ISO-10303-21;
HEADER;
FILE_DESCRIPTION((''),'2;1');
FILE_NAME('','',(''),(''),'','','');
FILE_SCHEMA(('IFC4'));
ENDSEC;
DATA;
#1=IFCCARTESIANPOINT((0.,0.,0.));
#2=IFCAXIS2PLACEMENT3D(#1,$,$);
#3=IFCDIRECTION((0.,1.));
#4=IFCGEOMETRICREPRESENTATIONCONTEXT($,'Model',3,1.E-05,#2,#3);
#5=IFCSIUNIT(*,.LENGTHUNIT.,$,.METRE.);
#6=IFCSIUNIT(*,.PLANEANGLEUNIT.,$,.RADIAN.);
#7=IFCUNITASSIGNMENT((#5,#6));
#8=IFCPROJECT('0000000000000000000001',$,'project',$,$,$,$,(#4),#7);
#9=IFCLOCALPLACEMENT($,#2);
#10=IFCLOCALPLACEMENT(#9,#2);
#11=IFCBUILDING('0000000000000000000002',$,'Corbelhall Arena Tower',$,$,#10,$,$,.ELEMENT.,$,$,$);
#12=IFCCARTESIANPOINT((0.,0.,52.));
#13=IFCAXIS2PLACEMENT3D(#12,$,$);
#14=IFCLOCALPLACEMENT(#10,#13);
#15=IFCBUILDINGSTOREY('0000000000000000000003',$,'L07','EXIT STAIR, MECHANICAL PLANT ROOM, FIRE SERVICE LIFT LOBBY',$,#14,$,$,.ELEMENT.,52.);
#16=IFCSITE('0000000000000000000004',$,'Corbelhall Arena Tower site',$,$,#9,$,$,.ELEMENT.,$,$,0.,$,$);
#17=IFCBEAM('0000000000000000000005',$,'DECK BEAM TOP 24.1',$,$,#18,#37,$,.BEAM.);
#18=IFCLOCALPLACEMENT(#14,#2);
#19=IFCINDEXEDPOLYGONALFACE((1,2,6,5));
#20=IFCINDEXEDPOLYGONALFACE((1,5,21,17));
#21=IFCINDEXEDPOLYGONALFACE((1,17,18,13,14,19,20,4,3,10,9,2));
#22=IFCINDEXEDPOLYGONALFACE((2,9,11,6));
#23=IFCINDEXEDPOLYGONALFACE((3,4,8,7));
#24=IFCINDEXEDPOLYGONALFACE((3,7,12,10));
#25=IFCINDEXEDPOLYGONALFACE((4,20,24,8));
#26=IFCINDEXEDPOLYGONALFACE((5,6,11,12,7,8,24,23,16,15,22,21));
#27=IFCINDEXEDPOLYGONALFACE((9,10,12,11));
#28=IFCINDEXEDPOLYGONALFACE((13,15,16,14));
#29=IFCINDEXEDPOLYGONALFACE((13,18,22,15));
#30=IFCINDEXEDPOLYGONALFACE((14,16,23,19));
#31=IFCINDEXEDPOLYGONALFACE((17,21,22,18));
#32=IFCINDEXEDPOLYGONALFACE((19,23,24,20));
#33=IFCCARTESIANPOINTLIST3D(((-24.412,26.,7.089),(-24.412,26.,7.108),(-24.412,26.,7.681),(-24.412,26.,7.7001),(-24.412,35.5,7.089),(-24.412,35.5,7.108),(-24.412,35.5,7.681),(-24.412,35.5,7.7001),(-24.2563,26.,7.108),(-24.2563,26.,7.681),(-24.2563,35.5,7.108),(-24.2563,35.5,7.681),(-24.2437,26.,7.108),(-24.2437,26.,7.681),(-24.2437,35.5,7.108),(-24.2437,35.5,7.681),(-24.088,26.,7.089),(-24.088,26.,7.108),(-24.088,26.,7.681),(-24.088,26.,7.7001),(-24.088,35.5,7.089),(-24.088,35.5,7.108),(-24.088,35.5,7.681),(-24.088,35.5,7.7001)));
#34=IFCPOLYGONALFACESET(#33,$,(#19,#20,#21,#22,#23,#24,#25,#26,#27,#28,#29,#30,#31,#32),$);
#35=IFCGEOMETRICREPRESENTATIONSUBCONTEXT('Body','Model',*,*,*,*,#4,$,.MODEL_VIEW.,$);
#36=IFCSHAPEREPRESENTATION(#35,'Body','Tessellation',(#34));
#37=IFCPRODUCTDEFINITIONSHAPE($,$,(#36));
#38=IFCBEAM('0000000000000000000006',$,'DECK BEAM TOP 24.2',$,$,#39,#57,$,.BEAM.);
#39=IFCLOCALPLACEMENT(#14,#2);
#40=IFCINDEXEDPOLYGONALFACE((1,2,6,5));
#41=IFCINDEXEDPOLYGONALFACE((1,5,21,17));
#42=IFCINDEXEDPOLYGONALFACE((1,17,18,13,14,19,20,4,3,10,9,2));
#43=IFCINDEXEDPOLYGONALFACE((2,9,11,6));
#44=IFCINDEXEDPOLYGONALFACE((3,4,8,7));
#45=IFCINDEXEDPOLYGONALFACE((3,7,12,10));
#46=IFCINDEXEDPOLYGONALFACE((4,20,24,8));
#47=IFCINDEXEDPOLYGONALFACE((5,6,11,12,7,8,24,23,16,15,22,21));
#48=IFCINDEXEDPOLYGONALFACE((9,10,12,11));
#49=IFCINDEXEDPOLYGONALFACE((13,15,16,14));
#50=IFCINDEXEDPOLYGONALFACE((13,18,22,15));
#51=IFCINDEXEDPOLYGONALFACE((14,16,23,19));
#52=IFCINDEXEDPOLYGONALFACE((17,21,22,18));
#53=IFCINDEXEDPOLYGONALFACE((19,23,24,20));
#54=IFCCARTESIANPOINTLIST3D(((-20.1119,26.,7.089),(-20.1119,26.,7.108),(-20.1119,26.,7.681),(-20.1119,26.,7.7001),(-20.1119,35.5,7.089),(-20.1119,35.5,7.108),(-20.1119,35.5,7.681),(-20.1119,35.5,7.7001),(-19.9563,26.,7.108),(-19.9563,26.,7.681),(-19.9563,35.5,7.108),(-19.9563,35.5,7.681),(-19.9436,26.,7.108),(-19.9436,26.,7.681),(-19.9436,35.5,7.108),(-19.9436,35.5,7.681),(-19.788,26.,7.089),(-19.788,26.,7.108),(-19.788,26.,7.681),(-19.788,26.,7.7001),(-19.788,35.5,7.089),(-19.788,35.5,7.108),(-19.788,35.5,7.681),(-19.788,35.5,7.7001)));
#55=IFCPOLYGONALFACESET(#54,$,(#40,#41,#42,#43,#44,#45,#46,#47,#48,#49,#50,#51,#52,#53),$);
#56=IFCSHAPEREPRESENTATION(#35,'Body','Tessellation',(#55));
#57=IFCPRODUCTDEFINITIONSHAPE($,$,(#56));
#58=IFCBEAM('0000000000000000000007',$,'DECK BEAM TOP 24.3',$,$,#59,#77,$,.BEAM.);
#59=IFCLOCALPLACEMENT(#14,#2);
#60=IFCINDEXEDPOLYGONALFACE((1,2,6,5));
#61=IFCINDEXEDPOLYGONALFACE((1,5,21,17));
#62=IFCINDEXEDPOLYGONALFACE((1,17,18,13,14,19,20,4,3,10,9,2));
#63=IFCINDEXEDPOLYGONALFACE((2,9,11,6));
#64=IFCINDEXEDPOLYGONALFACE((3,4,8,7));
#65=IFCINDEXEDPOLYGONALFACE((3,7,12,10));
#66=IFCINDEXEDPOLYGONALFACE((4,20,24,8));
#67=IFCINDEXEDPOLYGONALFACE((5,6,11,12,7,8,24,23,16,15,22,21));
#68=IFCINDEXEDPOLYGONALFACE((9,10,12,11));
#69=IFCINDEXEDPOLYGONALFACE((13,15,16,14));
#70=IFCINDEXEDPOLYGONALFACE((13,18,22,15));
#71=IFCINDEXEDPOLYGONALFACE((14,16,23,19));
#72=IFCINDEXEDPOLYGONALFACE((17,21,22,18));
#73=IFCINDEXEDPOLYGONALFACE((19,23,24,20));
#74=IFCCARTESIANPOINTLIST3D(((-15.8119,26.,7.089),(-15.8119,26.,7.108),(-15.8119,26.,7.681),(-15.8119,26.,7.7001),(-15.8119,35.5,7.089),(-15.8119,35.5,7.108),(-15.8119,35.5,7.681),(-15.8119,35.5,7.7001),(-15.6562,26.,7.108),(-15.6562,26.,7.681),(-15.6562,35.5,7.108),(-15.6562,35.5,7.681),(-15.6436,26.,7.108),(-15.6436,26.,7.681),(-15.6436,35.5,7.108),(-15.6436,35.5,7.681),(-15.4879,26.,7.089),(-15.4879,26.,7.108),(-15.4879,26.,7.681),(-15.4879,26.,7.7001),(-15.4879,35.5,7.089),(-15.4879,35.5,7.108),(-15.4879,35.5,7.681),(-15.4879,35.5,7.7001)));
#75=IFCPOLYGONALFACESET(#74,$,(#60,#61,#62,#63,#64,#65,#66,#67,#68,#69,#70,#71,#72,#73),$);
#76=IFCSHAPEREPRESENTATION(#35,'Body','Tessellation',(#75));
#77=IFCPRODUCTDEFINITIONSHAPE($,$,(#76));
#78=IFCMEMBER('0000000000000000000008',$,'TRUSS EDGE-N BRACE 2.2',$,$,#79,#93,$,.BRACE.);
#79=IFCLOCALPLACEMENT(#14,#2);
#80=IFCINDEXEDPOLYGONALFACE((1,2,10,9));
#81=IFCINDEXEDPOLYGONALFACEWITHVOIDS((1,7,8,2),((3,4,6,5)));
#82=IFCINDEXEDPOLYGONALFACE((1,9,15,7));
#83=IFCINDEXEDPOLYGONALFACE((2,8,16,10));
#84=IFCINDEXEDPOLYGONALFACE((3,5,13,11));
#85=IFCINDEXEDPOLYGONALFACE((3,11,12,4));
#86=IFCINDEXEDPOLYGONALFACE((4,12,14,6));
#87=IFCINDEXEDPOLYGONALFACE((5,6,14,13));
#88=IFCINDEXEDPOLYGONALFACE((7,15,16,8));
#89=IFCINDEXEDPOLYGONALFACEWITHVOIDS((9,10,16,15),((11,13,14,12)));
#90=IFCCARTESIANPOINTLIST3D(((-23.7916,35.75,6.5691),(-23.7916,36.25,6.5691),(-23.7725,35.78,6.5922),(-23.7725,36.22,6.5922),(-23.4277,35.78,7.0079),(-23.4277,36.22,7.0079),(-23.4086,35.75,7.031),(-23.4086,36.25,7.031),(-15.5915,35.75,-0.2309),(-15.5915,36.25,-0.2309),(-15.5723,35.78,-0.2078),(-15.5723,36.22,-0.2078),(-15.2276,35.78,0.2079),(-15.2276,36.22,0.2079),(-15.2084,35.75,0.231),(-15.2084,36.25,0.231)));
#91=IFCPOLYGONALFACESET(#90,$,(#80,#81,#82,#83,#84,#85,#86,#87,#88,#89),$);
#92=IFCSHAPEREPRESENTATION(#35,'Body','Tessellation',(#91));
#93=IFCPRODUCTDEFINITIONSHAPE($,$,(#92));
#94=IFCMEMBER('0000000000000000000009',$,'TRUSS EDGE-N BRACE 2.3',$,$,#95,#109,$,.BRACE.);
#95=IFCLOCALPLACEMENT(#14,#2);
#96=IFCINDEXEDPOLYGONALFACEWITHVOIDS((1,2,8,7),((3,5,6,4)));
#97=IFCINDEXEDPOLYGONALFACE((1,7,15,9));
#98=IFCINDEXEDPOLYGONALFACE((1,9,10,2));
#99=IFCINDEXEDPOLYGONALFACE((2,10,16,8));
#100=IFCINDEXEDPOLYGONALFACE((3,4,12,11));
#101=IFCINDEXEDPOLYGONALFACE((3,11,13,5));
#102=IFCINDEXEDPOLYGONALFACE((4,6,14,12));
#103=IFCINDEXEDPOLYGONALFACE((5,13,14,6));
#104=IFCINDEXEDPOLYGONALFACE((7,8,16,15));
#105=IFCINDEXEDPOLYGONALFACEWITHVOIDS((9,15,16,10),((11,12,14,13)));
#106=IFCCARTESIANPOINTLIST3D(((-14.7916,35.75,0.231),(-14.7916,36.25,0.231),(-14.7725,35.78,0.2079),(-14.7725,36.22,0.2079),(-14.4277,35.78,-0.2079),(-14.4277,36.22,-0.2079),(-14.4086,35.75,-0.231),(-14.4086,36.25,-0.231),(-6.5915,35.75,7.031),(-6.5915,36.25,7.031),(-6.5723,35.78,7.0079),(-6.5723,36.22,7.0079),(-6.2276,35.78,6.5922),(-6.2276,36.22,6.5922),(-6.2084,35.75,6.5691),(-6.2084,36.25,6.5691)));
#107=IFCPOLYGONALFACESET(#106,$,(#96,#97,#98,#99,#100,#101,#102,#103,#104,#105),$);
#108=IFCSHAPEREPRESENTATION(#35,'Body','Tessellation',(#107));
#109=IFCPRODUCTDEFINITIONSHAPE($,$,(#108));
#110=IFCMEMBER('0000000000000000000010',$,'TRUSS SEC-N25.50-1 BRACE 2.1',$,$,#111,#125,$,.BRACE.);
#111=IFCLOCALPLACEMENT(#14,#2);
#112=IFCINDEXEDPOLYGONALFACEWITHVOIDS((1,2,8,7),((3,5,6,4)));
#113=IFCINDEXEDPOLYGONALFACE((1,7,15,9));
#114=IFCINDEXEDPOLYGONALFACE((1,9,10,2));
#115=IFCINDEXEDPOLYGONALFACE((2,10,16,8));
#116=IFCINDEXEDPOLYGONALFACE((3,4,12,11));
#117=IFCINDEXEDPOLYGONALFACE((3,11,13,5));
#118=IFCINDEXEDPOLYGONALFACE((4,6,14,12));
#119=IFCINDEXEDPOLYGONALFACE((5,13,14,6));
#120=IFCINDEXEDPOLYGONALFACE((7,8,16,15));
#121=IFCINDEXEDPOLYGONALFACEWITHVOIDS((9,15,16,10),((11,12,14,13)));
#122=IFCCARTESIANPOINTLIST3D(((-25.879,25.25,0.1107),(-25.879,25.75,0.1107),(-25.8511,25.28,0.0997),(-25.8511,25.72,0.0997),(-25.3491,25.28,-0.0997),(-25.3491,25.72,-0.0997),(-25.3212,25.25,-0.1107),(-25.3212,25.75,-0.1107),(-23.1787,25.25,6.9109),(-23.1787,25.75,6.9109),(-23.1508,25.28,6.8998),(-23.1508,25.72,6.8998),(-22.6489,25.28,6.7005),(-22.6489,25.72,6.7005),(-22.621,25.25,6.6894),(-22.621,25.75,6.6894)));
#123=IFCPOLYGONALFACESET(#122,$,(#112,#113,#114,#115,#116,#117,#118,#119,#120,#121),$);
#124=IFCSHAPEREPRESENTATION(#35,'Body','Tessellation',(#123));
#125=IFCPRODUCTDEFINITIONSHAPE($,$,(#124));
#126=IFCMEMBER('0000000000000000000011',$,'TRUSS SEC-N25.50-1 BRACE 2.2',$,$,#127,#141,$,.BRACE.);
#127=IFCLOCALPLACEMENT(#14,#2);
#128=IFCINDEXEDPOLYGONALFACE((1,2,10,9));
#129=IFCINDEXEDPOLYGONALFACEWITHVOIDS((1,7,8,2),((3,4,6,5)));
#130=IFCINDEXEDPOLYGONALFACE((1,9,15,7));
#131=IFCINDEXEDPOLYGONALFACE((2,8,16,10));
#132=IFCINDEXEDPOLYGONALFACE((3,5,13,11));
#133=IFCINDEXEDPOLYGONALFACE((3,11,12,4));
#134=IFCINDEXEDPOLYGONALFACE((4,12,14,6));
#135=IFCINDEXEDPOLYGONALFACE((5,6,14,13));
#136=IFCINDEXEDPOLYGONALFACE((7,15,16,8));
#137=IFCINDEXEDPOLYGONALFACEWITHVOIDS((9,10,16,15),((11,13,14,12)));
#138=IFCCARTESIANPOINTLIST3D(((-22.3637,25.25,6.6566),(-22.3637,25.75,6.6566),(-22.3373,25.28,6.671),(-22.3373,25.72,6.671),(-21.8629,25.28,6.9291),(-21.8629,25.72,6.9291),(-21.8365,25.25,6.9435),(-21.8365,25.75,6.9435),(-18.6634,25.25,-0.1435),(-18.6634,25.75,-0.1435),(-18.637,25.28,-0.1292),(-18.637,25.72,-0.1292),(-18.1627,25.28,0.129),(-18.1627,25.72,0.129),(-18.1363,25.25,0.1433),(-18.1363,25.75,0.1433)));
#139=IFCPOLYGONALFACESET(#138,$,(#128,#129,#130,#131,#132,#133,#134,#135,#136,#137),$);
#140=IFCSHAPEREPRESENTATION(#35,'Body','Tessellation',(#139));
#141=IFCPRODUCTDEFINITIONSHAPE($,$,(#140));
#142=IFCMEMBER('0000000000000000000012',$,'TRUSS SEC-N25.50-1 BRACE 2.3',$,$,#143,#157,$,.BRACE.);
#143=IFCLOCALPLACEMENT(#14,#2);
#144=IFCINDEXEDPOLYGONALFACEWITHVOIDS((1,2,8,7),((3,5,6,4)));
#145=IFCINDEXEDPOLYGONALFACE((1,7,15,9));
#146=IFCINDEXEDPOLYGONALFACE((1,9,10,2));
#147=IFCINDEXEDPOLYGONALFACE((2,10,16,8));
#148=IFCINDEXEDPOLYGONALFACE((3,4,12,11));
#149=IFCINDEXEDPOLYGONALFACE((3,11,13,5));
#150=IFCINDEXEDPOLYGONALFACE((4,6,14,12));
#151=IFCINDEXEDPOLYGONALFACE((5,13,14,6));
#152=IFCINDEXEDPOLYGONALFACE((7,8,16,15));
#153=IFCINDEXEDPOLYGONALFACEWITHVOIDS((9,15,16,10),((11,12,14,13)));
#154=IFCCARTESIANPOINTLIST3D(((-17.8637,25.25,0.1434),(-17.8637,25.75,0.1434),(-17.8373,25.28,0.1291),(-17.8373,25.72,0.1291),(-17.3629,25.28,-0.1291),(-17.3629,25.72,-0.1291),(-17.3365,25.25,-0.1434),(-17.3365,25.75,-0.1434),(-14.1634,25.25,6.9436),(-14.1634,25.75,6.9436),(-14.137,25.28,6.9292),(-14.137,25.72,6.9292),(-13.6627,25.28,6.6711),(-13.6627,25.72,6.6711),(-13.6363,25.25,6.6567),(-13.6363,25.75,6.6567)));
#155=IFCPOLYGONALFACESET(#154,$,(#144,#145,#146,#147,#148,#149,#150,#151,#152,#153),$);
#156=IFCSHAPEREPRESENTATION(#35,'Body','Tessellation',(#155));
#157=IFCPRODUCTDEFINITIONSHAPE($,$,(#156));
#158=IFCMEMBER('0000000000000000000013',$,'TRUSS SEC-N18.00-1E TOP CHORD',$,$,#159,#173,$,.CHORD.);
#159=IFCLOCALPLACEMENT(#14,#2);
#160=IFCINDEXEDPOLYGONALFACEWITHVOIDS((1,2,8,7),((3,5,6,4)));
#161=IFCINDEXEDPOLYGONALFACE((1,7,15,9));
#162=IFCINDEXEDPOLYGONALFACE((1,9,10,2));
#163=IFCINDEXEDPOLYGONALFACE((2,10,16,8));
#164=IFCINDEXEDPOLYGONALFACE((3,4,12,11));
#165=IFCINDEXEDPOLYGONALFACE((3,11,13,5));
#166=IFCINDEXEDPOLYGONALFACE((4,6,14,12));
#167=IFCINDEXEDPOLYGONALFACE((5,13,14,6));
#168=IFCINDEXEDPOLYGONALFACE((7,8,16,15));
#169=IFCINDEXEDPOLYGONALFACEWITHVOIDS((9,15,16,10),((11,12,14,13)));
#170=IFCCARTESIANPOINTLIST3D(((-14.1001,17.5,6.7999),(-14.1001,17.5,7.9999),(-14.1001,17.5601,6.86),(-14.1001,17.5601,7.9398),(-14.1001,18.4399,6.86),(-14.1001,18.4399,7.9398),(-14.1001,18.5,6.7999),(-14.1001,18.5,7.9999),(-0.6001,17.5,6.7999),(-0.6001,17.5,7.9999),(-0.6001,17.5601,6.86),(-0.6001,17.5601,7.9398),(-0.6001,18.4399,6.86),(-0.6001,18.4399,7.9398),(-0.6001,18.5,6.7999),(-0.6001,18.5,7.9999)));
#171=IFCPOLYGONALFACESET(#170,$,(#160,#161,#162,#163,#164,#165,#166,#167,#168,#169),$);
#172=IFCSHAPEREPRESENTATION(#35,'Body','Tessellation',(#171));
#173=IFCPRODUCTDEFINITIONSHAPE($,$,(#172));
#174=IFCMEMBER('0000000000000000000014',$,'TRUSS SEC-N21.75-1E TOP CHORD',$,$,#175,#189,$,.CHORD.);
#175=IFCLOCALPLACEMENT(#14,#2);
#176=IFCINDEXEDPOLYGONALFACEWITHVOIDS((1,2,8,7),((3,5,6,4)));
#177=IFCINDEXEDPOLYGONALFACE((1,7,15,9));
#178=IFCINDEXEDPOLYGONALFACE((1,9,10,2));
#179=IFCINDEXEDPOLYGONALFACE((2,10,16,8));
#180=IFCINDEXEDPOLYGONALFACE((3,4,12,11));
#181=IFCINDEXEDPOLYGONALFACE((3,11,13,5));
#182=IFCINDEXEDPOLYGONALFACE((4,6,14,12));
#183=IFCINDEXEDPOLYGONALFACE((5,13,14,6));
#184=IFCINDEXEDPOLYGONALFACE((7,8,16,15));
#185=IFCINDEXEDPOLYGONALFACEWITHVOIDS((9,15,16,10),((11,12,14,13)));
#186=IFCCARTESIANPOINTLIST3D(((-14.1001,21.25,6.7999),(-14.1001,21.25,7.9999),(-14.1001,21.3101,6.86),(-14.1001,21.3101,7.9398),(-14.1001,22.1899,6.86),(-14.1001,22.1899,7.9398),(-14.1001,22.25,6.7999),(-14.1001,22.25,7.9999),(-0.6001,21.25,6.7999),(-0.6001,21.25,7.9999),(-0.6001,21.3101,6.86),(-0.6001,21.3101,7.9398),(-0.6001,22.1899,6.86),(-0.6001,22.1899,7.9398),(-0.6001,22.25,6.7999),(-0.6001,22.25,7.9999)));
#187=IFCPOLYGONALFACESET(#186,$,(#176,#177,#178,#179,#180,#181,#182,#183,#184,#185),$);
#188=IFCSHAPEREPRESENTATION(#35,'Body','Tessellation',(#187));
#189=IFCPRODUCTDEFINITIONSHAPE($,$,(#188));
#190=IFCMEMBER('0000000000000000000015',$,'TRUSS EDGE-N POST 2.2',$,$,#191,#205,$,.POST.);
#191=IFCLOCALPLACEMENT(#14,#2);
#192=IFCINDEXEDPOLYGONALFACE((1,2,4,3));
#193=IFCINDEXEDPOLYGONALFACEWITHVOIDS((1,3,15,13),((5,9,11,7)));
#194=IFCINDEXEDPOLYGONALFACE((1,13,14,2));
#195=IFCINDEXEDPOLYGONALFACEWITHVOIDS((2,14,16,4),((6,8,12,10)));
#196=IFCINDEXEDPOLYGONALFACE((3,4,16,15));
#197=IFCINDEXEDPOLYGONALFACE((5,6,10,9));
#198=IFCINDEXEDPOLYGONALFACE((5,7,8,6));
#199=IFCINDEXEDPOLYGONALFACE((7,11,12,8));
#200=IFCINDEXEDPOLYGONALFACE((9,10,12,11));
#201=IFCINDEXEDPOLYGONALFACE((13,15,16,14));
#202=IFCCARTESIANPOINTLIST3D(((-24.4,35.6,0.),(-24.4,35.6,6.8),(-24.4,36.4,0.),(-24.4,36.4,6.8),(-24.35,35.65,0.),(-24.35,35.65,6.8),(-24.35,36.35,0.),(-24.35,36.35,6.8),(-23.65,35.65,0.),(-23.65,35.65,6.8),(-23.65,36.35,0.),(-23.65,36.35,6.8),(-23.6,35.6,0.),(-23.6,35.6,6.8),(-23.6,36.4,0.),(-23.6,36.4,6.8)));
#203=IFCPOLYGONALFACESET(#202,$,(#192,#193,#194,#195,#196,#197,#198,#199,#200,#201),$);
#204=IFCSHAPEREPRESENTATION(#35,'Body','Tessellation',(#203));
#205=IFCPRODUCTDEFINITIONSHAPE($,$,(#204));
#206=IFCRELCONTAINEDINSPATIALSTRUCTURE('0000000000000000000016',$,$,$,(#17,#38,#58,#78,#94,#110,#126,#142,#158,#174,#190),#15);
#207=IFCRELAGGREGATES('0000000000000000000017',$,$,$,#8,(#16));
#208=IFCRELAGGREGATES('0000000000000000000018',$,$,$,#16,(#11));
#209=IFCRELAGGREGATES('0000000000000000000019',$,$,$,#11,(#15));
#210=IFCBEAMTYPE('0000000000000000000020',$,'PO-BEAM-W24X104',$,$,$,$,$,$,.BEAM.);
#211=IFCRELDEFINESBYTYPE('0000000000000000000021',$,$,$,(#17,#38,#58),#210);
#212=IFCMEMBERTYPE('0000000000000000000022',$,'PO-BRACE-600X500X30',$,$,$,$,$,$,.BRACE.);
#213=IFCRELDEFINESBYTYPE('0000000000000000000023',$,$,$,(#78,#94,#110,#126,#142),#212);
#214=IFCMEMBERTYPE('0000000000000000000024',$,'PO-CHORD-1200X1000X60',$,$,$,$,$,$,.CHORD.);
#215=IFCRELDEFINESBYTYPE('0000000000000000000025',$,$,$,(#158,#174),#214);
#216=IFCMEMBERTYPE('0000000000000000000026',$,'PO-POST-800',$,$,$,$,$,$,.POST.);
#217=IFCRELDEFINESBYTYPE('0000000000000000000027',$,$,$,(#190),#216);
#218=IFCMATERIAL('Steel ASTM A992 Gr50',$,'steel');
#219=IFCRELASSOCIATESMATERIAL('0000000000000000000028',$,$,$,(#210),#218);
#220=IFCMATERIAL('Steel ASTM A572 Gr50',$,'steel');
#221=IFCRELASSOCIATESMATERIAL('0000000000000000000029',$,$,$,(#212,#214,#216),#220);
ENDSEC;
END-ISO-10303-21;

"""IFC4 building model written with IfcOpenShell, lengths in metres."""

from ifc_helpers import new_model, si_unit, direction, frame, origin, origin_2d, place, context, subcontext, project, spatial, hollow_rectangle, i_section, extrude, material, material_profile, profile_set, type_object, element, save


model = new_model("IFC4")

# Units and contexts
model_context = context("Model", 3, precision=1e-05, world=origin(), true_north=direction((0.0, 1.0)))
body_context = subcontext(model_context, "Body", "Model", "MODEL_VIEW")
ifc_project = project(units=[si_unit("LENGTHUNIT", "METRE"), si_unit("PLANEANGLEUNIT", "RADIAN")], contexts=[model_context])

# Site, building, storey
site_placement = place(None, origin())
site = spatial("IfcSite", under=ifc_project, at=site_placement, Name="Corbelhall Arena Tower site", CompositionType="ELEMENT", RefElevation=0.0)
building_placement = place(site_placement, origin())
building = spatial("IfcBuilding", under=site, at=building_placement, Name="Corbelhall Arena Tower", CompositionType="ELEMENT")
storey_placement = place(building_placement, frame((0.0, 0.0, 52.0)))
storey = spatial("IfcBuildingStorey", under=building, at=storey_placement, Name="L07", Description="EXIT STAIR, MECHANICAL PLANT ROOM, FIRE SERVICE LIFT LOBBY", CompositionType="ELEMENT", Elevation=52.0)

# Beams
ifc_material_1 = material(Name="Steel ASTM A992 Gr50", Category="steel")
ifc_material_profile_1 = material_profile(ifc_material_1, i_section(OverallWidth=0.324, OverallDepth=0.6111, WebThickness=0.0127, FlangeThickness=0.019, at=origin_2d()))
ifc_profile_set_1 = profile_set([ifc_material_profile_1], Name="Steel ASTM A992 Gr50")
beam_type = type_object("IfcBeamType", Name="PO-BEAM-W24X104", PredefinedType="BEAM", material=ifc_profile_set_1)
for number, where, z_axis, x_axis, name in (
    (1, (-24.25, 26.0, 7.3945), (0.0, 1.0, 0.0), (-1.0, 0.0, 0.0), "DECK BEAM TOP 24.1"),
    (2, (-19.95, 26.0, 7.3945), (0.0, 1.0, 0.0), (-1.0, 0.0, 0.0), "DECK BEAM TOP 24.2"),
    (3, (-15.6499, 26.0, 7.3945), (0.0, 1.0, 0.0), (-1.0, 0.0, 0.0), "DECK BEAM TOP 24.3"),
):
    element("IfcBeam", number, at=place(storey_placement, frame(where, z_axis=z_axis, x_axis=x_axis)), inside=storey, type_object=beam_type, Name=name, PredefinedType="BEAM", context=body_context, shape_type="SweptSolid", body=[
        extrude(i_section(OverallWidth=0.324, OverallDepth=0.6111, WebThickness=0.0127, FlangeThickness=0.019, at=origin_2d()), origin(), (0.0, 0.0, 1.0), 9.5),
    ])

# Members
ifc_material_2 = material(Name="Steel ASTM A572 Gr50", Category="steel")
ifc_material_profile_2 = material_profile(ifc_material_2, hollow_rectangle(XDim=0.5, YDim=0.6001, WallThickness=0.03, at=origin_2d()))
ifc_profile_set_2 = profile_set([ifc_material_profile_2], Name="Steel ASTM A572 Gr50")
member_type_1 = type_object("IfcMemberType", Name="PO-BRACE-600X500X30", PredefinedType="BRACE", material=ifc_profile_set_2)
for number, where, z_axis, x_axis, name in (
    (4, (-23.6001, 36.0, 6.8), (0.769763, 0.0, -0.63833), (0.0, 1.0, 0.0), "TRUSS EDGE-N BRACE 2.2"),
    (5, (-14.6001, 36.0, 0.0), (0.769763, 0.0, 0.63833), (0.0, 1.0, 0.0), "TRUSS EDGE-N BRACE 2.3"),
):
    element("IfcMember", number, at=place(storey_placement, frame(where, z_axis=z_axis, x_axis=x_axis)), inside=storey, type_object=member_type_1, Name=name, PredefinedType="BRACE", context=body_context, shape_type="SweptSolid", body=[
        extrude(hollow_rectangle(XDim=0.5, YDim=0.6001, WallThickness=0.03, at=origin_2d()), origin(), (0.0, 0.0, 1.0), 10.6528),
    ])
member_placement = place(storey_placement, frame((-25.6001, 25.5, 0.0), z_axis=(0.369054, 0.0, 0.929408), x_axis=(0.0, 1.0, 0.0)))
element("IfcMember", 6, at=member_placement, inside=storey, type_object=member_type_1, Name="TRUSS SEC-N25.50-1 BRACE 2.1", PredefinedType="BRACE", context=body_context, shape_type="SweptSolid", body=[
    extrude(hollow_rectangle(XDim=0.5, YDim=0.6001, WallThickness=0.03, at=origin_2d()), origin(), (0.0, 0.0, 1.0), 7.3167),
])
for number, where, z_axis, x_axis, name in (
    (7, (-22.1001, 25.5, 6.8), (0.477964, 0.0, -0.87838), (0.0, 1.0, 0.0), "TRUSS SEC-N25.50-1 BRACE 2.2"),
    (8, (-17.6001, 25.5, 0.0), (0.477964, 0.0, 0.87838), (0.0, 1.0, 0.0), "TRUSS SEC-N25.50-1 BRACE 2.3"),
):
    element("IfcMember", number, at=place(storey_placement, frame(where, z_axis=z_axis, x_axis=x_axis)), inside=storey, type_object=member_type_1, Name=name, PredefinedType="BRACE", context=body_context, shape_type="SweptSolid", body=[
        extrude(hollow_rectangle(XDim=0.5, YDim=0.6001, WallThickness=0.03, at=origin_2d()), origin(), (0.0, 0.0, 1.0), 7.7417),
    ])
ifc_material_profile_3 = material_profile(ifc_material_2, hollow_rectangle(XDim=1.0, YDim=1.2, WallThickness=0.0601, at=origin_2d()))
ifc_profile_set_3 = profile_set([ifc_material_profile_3], Name="Steel ASTM A572 Gr50")
member_type_2 = type_object("IfcMemberType", Name="PO-CHORD-1200X1000X60", PredefinedType="CHORD", material=ifc_profile_set_3)
for number, where, z_axis, x_axis, name in (
    (9, (-14.1001, 18.0, 7.3999), (1.0, 0.0, 0.0), (0.0, 1.0, 0.0), "TRUSS SEC-N18.00-1E TOP CHORD"),
    (10, (-14.1001, 21.75, 7.3999), (1.0, 0.0, 0.0), (0.0, 1.0, 0.0), "TRUSS SEC-N21.75-1E TOP CHORD"),
):
    element("IfcMember", number, at=place(storey_placement, frame(where, z_axis=z_axis, x_axis=x_axis)), inside=storey, type_object=member_type_2, Name=name, PredefinedType="CHORD", context=body_context, shape_type="SweptSolid", body=[
        extrude(hollow_rectangle(XDim=1.0, YDim=1.2, WallThickness=0.0601, at=origin_2d()), origin(), (0.0, 0.0, 1.0), 13.5),
    ])
ifc_material_profile_4 = material_profile(ifc_material_2, hollow_rectangle(XDim=0.8, YDim=0.8, WallThickness=0.05, at=origin_2d()))
ifc_profile_set_4 = profile_set([ifc_material_profile_4], Name="Steel ASTM A572 Gr50")
member_type_3 = type_object("IfcMemberType", Name="PO-POST-800", PredefinedType="POST", material=ifc_profile_set_4)
for number, where, z_axis, x_axis, name in (
    (11, (-24.0, 36.0, 0.0), (0.0, 0.0, 1.0), (1.0, 0.0, 0.0), "TRUSS EDGE-N POST 2.2"),
):
    element("IfcMember", number, at=place(storey_placement, frame(where, z_axis=z_axis, x_axis=x_axis)), inside=storey, type_object=member_type_3, Name=name, PredefinedType="POST", context=body_context, shape_type="SweptSolid", body=[
        extrude(hollow_rectangle(XDim=0.8, YDim=0.8, WallThickness=0.05, at=origin_2d()), origin(), (0.0, 0.0, 1.0), 6.8),
    ])

save(model, "model.ifc")
